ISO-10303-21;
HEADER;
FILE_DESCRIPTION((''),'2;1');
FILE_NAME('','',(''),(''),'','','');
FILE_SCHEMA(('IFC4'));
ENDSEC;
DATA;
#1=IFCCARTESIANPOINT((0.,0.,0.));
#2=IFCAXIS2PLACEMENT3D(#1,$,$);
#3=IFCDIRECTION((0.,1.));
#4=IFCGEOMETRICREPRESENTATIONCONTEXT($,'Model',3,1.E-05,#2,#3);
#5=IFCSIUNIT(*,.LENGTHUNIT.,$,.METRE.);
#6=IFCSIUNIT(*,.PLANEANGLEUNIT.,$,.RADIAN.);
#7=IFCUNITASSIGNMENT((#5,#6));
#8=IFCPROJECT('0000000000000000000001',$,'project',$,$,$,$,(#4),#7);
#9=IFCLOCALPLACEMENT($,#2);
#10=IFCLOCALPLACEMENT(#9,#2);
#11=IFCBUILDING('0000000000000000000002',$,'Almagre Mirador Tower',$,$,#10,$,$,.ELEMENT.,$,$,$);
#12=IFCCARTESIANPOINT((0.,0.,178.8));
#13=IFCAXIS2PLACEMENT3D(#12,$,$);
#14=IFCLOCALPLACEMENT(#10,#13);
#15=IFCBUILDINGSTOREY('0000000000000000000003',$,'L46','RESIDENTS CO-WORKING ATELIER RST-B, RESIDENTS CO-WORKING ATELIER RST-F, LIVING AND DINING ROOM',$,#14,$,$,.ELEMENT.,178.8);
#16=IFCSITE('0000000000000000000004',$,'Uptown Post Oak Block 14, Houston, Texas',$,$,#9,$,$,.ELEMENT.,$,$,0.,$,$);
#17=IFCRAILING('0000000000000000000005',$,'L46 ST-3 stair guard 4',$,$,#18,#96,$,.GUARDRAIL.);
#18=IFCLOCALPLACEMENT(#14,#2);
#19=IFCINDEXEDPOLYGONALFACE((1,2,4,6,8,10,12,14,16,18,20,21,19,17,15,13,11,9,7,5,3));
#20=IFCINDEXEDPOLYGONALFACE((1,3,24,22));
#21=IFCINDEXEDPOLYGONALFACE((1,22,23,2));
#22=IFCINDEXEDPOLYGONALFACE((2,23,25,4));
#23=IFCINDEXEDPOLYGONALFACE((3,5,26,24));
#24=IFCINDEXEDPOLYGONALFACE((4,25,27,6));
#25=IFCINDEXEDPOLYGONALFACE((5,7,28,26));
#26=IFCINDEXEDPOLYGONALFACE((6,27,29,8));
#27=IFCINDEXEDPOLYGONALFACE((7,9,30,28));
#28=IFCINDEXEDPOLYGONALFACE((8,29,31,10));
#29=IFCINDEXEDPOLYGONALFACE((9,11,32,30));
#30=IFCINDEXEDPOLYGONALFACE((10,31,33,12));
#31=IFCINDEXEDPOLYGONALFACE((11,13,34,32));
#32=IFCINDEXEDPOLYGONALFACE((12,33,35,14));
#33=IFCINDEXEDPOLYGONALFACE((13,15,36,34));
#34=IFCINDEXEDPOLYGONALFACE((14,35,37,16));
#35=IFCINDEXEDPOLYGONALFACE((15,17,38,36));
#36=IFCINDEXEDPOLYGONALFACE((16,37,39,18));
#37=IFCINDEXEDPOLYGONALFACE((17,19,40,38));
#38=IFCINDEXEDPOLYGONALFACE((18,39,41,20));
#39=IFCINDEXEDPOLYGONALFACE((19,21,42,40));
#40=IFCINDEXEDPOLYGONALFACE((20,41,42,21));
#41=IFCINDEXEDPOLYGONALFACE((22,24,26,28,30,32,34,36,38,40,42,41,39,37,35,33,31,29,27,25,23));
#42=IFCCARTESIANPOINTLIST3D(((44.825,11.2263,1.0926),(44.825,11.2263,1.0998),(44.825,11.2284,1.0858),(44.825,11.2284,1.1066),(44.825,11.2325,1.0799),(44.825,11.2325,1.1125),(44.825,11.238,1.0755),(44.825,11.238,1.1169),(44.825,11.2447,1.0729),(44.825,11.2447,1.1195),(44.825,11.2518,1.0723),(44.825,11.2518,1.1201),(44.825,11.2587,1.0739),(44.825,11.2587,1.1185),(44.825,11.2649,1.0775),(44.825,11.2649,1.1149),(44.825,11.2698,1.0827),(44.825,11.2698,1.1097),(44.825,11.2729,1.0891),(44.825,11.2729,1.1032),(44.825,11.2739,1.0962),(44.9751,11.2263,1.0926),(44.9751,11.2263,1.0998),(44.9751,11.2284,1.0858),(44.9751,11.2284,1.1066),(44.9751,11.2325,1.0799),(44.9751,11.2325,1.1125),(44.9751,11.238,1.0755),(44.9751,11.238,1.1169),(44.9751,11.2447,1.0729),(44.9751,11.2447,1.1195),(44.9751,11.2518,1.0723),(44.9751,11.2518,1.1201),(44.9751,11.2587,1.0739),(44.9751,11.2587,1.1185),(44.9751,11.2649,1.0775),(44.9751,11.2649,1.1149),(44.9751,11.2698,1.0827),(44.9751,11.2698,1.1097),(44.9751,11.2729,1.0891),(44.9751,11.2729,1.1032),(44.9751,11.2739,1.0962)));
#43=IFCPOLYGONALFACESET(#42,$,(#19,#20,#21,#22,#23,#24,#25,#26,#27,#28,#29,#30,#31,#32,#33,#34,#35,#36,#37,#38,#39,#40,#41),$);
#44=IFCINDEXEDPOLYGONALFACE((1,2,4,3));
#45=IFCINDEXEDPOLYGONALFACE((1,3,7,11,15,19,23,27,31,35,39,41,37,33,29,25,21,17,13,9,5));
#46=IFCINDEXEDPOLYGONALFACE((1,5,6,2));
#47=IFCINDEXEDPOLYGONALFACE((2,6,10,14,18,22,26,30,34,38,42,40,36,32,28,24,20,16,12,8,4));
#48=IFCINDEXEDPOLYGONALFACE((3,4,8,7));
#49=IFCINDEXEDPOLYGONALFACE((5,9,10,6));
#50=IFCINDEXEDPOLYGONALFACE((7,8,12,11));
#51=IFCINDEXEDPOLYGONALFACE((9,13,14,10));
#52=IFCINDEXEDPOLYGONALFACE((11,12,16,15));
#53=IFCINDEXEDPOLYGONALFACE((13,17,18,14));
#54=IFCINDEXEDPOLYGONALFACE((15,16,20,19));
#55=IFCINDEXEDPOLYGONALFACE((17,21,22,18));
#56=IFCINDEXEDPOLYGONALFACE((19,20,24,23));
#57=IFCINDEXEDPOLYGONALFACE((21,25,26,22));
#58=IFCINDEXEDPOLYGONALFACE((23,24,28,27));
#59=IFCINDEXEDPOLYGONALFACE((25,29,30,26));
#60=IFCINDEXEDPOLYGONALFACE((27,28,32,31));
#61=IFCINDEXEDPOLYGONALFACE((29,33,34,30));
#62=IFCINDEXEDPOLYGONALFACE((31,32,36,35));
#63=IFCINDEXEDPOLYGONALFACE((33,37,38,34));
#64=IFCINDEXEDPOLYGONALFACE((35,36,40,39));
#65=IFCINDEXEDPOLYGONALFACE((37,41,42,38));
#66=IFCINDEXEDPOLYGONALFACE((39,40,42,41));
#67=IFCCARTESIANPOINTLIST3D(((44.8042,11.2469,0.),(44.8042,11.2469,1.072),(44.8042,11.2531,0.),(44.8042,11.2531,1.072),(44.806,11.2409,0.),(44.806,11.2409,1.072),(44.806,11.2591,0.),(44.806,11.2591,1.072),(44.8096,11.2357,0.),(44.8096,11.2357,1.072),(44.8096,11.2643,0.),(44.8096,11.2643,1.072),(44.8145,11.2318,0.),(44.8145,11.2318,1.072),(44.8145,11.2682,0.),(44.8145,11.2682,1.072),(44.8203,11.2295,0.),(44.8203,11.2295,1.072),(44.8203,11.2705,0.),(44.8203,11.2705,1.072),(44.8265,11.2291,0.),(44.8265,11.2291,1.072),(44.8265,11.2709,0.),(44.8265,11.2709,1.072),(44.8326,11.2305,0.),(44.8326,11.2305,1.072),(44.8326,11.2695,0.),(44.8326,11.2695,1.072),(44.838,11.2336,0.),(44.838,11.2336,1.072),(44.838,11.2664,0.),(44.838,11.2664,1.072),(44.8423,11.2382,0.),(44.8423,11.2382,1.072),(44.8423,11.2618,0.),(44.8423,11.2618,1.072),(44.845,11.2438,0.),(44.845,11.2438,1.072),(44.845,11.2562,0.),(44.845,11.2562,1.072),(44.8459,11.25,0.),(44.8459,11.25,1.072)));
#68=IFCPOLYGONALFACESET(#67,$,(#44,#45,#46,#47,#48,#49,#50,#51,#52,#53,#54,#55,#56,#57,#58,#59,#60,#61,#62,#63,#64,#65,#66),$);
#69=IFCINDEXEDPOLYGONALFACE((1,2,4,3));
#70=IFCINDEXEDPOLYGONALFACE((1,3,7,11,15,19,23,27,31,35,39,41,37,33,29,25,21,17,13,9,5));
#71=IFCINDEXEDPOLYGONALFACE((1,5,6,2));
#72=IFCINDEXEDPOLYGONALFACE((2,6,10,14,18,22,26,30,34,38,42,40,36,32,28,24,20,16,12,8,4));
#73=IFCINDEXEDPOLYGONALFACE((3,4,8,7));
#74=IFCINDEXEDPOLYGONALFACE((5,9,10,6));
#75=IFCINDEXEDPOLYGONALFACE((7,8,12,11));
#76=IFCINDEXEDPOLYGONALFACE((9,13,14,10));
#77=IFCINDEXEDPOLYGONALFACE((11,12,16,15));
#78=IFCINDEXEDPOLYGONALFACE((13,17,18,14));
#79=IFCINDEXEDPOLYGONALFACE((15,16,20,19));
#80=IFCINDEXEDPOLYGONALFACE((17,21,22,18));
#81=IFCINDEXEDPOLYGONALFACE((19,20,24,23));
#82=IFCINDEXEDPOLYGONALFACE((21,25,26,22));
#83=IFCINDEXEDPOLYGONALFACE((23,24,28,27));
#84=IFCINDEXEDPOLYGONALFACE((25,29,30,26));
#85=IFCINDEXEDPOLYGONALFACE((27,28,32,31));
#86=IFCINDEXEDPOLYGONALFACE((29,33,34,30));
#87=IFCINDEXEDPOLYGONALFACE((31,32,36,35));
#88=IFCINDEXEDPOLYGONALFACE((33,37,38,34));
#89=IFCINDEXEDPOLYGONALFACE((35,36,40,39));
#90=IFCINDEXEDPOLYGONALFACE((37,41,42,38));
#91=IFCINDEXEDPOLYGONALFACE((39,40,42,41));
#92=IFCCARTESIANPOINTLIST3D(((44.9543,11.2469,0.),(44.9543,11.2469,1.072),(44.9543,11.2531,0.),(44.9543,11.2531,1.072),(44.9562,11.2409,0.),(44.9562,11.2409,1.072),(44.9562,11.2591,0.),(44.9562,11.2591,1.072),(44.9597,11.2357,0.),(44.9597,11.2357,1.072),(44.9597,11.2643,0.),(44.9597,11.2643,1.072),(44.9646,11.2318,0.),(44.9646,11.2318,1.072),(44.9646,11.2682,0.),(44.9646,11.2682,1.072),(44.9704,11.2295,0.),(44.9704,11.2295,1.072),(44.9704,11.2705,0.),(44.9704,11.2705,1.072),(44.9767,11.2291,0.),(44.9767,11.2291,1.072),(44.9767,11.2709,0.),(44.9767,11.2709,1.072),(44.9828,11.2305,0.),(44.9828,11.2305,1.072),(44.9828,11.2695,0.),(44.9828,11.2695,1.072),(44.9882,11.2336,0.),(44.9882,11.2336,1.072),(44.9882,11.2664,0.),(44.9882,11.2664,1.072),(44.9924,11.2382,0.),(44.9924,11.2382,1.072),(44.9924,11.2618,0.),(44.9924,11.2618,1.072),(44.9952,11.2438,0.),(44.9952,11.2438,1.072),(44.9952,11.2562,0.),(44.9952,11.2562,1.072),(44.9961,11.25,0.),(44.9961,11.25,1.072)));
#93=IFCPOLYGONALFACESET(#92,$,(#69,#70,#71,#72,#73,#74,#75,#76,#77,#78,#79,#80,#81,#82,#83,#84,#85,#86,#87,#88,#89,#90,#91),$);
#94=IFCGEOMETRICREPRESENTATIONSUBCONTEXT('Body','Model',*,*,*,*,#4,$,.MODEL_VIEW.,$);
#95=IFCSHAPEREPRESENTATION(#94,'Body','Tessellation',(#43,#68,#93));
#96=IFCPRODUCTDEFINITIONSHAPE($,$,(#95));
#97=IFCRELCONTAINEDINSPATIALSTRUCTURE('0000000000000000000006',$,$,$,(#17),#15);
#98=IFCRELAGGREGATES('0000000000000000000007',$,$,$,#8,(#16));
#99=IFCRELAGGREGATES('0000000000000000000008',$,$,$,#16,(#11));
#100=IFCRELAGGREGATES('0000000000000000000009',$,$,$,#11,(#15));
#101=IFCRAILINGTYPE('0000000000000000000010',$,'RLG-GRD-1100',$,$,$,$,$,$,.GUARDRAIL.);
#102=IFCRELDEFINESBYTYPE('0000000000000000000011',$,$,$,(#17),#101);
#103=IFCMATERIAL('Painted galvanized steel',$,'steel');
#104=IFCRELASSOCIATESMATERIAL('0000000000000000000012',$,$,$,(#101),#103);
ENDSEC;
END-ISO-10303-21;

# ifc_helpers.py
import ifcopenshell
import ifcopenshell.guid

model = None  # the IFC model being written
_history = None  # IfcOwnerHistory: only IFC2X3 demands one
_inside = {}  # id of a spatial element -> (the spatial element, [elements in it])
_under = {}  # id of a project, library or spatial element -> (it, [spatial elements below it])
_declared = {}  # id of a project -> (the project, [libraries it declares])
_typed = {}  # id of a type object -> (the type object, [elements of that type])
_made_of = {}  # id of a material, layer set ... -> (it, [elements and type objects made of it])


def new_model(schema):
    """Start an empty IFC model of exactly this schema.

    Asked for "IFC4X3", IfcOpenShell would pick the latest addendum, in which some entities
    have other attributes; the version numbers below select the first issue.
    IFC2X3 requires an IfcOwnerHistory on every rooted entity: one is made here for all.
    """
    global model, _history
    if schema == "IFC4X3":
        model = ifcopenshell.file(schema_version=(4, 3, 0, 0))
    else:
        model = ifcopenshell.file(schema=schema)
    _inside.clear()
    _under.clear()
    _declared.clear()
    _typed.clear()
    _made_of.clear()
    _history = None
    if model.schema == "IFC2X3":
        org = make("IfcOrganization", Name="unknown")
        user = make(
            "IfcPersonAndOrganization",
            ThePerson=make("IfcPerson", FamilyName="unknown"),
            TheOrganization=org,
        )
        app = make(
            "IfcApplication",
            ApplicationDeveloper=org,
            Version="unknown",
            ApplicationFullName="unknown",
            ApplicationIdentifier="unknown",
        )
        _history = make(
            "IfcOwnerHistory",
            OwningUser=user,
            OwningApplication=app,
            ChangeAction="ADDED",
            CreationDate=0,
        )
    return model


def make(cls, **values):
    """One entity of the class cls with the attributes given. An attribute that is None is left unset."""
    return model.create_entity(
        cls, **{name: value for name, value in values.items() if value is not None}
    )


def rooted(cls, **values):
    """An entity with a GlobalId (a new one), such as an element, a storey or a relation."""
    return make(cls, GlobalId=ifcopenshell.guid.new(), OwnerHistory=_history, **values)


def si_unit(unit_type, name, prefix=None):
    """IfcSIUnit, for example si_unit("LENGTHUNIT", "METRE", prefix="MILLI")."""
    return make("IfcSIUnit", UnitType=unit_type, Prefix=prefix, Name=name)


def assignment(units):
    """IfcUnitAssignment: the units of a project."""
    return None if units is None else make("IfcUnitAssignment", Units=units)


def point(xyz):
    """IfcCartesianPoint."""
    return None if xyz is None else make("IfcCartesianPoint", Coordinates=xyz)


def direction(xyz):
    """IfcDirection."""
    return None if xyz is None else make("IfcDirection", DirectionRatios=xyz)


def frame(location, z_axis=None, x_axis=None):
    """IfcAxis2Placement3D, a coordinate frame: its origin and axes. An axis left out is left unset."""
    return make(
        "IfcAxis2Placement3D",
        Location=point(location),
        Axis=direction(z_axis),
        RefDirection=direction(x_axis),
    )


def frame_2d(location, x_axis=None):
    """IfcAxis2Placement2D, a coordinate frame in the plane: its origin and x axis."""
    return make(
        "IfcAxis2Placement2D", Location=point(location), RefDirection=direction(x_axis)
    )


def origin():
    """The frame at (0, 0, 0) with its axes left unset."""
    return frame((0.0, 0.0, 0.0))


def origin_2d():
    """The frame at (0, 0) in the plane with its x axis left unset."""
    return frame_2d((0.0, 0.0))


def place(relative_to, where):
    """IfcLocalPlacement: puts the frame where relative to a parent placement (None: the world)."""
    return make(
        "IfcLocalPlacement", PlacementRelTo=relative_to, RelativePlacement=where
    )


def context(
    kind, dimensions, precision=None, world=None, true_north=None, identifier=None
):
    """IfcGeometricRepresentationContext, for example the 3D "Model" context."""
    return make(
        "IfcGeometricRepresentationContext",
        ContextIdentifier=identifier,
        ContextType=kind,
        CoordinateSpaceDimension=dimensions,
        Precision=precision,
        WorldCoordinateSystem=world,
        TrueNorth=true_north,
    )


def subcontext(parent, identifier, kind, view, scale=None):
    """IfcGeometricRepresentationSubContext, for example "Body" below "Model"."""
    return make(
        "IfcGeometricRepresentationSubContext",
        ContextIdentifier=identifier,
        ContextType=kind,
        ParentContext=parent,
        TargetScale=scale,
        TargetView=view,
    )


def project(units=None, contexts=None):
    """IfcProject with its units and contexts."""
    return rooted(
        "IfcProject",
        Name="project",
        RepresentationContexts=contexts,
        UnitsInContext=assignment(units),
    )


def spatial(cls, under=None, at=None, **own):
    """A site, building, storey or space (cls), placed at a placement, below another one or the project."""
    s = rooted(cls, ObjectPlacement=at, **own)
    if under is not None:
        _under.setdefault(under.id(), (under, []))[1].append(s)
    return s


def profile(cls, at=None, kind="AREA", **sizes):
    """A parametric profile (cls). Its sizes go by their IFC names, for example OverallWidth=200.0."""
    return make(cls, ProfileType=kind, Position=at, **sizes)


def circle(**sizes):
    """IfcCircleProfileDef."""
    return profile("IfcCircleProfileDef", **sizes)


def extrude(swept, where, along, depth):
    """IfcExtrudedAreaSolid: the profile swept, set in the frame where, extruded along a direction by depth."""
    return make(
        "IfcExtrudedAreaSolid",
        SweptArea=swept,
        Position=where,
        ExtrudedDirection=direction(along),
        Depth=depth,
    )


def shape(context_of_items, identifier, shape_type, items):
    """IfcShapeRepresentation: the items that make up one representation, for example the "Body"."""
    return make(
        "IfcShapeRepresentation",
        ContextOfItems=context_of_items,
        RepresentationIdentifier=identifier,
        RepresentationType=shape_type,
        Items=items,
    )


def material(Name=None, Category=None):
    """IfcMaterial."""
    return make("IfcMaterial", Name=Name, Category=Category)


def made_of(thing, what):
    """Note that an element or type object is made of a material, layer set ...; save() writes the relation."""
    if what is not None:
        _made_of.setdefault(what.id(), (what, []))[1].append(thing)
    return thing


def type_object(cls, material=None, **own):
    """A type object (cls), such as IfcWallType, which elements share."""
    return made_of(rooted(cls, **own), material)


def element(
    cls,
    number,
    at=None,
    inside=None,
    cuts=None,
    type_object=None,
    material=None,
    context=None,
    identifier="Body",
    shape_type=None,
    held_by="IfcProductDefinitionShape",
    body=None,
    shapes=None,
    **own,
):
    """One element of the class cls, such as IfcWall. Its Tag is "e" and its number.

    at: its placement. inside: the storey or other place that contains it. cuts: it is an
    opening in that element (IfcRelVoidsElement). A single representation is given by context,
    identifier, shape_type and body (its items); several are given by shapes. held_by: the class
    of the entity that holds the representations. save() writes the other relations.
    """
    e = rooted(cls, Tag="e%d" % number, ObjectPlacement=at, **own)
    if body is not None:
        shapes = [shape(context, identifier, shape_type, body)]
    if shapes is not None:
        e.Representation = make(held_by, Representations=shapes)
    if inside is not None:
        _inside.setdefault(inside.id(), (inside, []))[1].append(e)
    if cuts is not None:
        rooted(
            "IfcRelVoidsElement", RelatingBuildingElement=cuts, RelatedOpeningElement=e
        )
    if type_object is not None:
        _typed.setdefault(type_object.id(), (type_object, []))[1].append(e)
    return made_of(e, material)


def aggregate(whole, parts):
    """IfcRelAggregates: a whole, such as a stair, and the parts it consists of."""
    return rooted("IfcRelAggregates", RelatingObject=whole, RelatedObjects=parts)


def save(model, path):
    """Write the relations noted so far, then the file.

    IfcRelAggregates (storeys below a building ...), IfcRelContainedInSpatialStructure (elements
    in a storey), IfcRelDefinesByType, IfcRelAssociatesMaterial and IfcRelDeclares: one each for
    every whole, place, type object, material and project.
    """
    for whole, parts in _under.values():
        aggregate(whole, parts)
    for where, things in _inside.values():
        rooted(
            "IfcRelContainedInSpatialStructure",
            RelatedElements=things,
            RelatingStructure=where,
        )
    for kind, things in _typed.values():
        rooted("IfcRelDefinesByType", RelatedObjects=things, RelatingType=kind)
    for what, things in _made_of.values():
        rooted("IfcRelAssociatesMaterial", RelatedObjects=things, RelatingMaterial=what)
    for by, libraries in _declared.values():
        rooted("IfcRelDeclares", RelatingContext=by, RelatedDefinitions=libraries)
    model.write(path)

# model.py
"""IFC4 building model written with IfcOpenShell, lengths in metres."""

from ifc_helpers import new_model, si_unit, direction, frame, origin, origin_2d, place, context, subcontext, project, spatial, circle, extrude, material, type_object, element, save


model = new_model("IFC4")

# Units and contexts
model_context = context("Model", 3, precision=1e-05, world=origin(), true_north=direction((0.0, 1.0)))
body_context = subcontext(model_context, "Body", "Model", "MODEL_VIEW")
ifc_project = project(units=[si_unit("LENGTHUNIT", "METRE"), si_unit("PLANEANGLEUNIT", "RADIAN")], contexts=[model_context])

# Site, building, storey
site_placement = place(None, origin())
site = spatial("IfcSite", under=ifc_project, at=site_placement, Name="Uptown Post Oak Block 14, Houston, Texas", CompositionType="ELEMENT", RefElevation=0.0)
building_placement = place(site_placement, origin())
building = spatial("IfcBuilding", under=site, at=building_placement, Name="Almagre Mirador Tower", CompositionType="ELEMENT")
storey_placement = place(building_placement, frame((0.0, 0.0, 178.8)))
storey = spatial("IfcBuildingStorey", under=building, at=storey_placement, Name="L46", Description="RESIDENTS CO-WORKING ATELIER RST-B, RESIDENTS CO-WORKING ATELIER RST-F, LIVING AND DINING ROOM", CompositionType="ELEMENT", Elevation=178.8)

# Railing
ifc_material_1 = material(Name="Painted galvanized steel", Category="steel")
railing_type_1 = type_object("IfcRailingType", Name="RLG-GRD-1100", PredefinedType="GUARDRAIL", material=ifc_material_1)
railing_1_placement = place(storey_placement, frame((44.825, 11.25, 0.0)))
element("IfcRailing", 1, at=railing_1_placement, inside=storey, type_object=railing_type_1, Name="L46 ST-3 stair guard 4", PredefinedType="GUARDRAIL", context=body_context, shape_type="SweptSolid", body=[
    extrude(circle(Radius=0.0239, at=origin_2d()), frame((0.0, 0.0, 1.0962), z_axis=(1.0, 0.0, 0.0), x_axis=(0.0, 1.0, 0.0)), (0.0, 0.0, 1.0), 0.1501),
    extrude(circle(Radius=0.021, at=origin_2d()), origin(), (0.0, 0.0, 1.0), 1.072),
    extrude(circle(Radius=0.021, at=origin_2d()), frame((0.1501, 0.0, 0.0)), (0.0, 0.0, 1.0), 1.072),
])

save(model, "model.ifc")
